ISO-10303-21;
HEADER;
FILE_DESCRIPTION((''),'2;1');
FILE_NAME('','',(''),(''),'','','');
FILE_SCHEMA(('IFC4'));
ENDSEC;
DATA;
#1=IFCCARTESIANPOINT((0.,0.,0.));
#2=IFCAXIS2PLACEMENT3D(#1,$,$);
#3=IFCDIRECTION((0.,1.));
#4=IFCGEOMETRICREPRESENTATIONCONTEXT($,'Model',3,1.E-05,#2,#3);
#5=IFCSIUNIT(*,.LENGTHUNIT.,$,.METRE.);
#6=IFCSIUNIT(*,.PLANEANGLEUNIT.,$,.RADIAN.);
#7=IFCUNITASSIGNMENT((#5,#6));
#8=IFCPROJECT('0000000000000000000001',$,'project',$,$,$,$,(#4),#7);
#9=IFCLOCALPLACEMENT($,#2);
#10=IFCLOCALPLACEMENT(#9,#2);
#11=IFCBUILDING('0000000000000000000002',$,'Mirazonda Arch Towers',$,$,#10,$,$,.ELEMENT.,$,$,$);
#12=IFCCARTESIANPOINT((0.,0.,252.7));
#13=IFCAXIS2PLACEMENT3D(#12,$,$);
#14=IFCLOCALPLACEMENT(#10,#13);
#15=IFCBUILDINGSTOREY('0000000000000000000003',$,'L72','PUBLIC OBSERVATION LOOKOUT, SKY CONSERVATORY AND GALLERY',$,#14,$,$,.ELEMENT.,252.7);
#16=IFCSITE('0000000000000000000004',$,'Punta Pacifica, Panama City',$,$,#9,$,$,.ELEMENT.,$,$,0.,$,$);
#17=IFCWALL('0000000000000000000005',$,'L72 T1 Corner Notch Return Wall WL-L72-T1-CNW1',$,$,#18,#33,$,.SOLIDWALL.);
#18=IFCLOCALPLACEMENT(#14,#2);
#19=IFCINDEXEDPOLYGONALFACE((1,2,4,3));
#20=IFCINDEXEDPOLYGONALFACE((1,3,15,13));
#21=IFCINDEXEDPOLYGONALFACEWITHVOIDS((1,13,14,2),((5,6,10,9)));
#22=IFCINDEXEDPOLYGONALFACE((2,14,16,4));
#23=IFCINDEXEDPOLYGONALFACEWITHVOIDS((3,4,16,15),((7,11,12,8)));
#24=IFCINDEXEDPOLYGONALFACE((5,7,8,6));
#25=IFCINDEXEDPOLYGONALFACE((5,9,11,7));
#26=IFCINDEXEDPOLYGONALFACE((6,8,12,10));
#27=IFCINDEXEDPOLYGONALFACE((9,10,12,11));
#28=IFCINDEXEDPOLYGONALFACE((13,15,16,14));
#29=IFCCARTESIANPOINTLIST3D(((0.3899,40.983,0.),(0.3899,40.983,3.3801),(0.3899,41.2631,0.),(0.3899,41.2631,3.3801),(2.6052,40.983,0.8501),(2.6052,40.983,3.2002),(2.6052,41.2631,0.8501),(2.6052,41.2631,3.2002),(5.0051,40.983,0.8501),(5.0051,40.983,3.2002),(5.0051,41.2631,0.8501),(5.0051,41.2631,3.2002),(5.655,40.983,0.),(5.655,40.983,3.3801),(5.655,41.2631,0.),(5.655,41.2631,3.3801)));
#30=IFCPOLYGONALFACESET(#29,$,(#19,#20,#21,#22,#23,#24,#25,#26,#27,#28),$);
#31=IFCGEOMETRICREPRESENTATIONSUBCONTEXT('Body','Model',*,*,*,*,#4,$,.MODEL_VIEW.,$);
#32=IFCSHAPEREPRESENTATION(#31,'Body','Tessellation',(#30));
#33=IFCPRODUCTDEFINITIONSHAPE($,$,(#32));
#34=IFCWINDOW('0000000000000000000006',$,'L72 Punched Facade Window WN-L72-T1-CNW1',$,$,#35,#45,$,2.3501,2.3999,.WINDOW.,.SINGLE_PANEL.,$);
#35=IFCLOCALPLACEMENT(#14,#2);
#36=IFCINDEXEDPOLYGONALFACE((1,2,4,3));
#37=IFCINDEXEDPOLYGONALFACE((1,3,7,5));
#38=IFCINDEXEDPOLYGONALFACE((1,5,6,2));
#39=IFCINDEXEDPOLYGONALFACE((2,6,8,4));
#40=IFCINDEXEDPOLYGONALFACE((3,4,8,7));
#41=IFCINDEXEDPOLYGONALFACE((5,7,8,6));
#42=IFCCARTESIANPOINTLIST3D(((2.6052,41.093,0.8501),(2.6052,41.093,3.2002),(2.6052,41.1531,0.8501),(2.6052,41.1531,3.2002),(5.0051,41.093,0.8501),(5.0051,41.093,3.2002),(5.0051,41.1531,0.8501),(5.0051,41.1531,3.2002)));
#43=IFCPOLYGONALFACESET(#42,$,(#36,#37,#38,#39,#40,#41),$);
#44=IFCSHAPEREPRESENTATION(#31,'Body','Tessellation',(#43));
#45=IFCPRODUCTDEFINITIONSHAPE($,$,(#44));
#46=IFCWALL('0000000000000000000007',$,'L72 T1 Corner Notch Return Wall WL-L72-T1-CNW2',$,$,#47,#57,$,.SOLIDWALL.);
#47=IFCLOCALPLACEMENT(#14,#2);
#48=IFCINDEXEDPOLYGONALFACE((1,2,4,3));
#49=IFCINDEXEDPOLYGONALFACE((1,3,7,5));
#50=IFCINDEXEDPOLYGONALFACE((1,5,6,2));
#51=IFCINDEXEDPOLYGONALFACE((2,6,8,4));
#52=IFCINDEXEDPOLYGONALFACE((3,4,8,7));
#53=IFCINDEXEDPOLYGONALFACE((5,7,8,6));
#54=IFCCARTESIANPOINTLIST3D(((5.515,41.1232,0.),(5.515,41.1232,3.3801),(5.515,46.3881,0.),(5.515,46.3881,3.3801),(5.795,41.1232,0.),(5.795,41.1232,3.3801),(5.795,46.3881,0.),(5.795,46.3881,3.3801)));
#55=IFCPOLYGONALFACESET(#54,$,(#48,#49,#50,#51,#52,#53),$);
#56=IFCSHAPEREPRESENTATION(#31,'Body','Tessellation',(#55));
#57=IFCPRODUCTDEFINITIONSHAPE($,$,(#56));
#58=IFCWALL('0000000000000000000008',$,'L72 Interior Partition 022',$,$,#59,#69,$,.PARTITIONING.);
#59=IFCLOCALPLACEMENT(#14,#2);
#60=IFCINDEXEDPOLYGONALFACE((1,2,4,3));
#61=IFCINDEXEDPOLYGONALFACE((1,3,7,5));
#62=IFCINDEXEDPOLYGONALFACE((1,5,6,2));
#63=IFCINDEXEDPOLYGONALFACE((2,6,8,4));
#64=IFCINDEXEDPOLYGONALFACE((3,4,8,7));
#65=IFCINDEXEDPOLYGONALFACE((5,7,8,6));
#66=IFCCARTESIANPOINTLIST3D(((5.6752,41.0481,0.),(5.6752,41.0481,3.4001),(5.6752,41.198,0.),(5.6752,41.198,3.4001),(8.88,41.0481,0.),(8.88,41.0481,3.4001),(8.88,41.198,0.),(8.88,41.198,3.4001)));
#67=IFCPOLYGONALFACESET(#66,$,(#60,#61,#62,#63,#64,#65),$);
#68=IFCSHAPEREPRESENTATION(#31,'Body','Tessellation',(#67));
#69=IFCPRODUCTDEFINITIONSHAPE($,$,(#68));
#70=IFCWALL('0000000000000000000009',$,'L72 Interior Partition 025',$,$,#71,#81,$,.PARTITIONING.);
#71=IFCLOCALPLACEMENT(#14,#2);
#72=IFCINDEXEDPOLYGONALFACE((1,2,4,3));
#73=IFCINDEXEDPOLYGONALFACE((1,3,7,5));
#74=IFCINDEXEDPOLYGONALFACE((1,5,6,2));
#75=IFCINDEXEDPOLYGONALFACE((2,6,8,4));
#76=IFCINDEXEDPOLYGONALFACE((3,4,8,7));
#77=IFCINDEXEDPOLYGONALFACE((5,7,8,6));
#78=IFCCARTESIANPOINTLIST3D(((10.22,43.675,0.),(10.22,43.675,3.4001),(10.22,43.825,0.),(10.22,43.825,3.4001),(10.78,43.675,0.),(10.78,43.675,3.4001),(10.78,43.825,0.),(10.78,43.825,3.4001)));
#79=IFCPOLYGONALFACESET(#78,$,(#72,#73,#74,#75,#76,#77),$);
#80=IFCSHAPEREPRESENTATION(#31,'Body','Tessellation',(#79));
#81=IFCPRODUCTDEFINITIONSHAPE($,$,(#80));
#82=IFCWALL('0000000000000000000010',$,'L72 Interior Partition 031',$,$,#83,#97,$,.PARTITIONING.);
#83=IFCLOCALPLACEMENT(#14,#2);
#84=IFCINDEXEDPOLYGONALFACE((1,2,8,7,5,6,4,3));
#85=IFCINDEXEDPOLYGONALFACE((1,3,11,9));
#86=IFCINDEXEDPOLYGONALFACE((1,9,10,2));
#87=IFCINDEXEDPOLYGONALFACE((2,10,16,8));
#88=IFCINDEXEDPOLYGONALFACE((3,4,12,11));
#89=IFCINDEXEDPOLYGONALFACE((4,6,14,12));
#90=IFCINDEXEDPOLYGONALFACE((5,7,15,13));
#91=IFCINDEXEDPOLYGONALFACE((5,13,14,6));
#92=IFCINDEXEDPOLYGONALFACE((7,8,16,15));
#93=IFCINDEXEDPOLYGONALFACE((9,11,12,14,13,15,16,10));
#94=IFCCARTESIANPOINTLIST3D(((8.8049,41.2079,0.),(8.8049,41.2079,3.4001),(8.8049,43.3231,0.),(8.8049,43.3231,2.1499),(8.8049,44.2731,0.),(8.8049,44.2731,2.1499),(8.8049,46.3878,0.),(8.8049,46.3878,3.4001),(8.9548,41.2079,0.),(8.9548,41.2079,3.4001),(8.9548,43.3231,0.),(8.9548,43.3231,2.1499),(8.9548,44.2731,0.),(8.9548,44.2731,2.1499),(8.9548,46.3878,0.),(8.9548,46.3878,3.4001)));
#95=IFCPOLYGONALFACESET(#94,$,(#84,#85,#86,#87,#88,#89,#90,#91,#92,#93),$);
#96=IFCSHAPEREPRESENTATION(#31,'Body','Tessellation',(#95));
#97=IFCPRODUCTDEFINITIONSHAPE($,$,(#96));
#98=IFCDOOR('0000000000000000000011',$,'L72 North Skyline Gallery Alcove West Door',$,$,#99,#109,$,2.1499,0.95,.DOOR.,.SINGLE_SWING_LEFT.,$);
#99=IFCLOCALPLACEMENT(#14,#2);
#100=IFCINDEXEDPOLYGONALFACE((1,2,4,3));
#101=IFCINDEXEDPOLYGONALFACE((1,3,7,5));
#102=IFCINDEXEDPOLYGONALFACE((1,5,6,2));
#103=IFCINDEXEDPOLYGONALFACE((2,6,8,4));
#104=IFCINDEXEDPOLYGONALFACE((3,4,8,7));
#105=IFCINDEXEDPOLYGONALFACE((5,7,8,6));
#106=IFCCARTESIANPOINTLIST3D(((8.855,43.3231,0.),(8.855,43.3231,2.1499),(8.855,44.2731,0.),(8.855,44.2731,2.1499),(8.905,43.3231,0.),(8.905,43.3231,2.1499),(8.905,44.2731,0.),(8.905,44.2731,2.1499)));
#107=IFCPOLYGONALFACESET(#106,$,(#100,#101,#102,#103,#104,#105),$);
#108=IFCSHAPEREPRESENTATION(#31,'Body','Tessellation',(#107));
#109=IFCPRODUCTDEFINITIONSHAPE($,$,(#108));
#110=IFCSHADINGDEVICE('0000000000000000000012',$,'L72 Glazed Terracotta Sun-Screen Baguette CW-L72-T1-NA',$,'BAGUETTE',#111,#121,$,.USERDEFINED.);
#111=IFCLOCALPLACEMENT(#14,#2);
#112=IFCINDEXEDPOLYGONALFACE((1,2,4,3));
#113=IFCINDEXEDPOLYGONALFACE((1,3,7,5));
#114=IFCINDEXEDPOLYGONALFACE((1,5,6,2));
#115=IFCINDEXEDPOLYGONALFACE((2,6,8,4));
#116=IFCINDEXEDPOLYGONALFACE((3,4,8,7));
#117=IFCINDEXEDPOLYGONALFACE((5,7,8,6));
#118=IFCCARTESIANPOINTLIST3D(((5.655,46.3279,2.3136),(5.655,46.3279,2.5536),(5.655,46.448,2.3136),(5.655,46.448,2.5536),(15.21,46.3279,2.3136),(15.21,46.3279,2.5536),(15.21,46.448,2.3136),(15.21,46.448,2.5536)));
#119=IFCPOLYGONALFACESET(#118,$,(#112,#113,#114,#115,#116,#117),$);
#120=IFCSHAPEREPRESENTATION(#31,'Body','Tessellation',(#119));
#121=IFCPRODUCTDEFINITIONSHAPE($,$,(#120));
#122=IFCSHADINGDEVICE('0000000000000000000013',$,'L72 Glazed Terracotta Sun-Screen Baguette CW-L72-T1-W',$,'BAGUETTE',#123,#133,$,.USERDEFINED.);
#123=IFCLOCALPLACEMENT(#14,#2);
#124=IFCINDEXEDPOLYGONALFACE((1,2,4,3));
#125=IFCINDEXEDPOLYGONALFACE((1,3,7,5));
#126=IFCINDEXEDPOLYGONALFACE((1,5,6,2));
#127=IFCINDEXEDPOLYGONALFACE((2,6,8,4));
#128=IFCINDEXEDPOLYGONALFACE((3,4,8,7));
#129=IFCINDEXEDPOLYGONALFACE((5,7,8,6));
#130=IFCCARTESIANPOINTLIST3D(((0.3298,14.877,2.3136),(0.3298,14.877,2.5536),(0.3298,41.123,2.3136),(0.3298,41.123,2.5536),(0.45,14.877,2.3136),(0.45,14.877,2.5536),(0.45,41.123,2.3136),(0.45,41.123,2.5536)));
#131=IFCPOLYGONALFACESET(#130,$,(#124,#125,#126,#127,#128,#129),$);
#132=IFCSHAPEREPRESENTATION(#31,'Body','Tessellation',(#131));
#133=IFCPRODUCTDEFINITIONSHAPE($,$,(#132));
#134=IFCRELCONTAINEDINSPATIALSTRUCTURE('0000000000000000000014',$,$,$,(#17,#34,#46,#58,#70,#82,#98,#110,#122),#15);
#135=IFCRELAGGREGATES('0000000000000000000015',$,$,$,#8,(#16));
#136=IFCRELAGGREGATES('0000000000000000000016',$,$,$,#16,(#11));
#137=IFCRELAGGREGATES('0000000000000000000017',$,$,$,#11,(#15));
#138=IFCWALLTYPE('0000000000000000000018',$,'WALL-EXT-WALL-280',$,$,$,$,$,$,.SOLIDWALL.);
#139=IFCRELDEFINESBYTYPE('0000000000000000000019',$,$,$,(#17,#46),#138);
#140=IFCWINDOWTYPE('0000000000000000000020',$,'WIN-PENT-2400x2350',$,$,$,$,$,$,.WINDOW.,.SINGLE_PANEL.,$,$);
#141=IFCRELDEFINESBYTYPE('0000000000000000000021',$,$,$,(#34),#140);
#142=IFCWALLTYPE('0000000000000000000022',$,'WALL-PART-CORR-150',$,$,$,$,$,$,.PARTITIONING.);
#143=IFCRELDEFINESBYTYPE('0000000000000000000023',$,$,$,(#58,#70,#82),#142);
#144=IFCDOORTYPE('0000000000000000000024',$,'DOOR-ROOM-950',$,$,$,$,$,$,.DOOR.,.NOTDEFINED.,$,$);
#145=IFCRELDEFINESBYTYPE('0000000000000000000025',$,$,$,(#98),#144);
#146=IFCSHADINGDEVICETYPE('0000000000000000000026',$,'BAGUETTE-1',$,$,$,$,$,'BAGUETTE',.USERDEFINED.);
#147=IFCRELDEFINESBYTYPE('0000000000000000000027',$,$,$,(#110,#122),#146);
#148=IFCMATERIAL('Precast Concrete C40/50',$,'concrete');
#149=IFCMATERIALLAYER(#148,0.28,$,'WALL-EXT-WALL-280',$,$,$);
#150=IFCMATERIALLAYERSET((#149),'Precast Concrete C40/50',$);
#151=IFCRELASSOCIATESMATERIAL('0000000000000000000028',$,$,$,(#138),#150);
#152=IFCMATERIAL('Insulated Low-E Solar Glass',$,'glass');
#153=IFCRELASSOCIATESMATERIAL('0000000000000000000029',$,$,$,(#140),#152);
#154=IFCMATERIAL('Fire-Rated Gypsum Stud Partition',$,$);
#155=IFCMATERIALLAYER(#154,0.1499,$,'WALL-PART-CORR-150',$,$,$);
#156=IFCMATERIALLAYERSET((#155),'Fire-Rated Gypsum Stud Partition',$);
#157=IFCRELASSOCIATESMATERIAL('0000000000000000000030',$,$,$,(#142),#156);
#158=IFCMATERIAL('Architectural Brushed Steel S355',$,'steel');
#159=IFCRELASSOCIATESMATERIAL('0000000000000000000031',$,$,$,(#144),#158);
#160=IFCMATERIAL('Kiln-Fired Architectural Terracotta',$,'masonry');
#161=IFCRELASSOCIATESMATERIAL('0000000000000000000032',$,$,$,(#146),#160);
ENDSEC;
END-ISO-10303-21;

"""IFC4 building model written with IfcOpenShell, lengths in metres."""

from ifc_helpers import new_model, si_unit, direction, frame, frame_2d, origin, origin_2d, place, context, subcontext, project, spatial, rectangle, extrude, material, layer, layer_set, material_profile, profile_set, type_object, element, fill, save


model = new_model("IFC4")

# Units and contexts
model_context = context("Model", 3, precision=1e-05, world=origin(), true_north=direction((0.0, 1.0)))
body_context = subcontext(model_context, "Body", "Model", "MODEL_VIEW")
ifc_project = project(units=[si_unit("LENGTHUNIT", "METRE"), si_unit("PLANEANGLEUNIT", "RADIAN")], contexts=[model_context])

# Site, building, storey
site_placement = place(None, origin())
site = spatial("IfcSite", under=ifc_project, at=site_placement, Name="Punta Pacifica, Panama City", CompositionType="ELEMENT", RefElevation=0.0)
building_placement = place(site_placement, origin())
building = spatial("IfcBuilding", under=site, at=building_placement, Name="Mirazonda Arch Towers", CompositionType="ELEMENT")
storey_placement = place(building_placement, frame((0.0, 0.0, 252.7)))
storey = spatial("IfcBuildingStorey", under=building, at=storey_placement, Name="L72", Description="PUBLIC OBSERVATION LOOKOUT, SKY CONSERVATORY AND GALLERY", CompositionType="ELEMENT", Elevation=252.7)

# Shared definitions
ifc_material_1 = material(Name="Insulated Low-E Solar Glass", Category="glass")

# Wall, opening, window
ifc_material_2 = material(Name="Precast Concrete C40/50", Category="concrete")
ifc_layer_1 = layer(ifc_material_2, 0.28, Name="WALL-EXT-WALL-280")
ifc_layer_set_1 = layer_set([ifc_layer_1], Name="Precast Concrete C40/50")
wall_type_1 = type_object("IfcWallType", Name="WALL-EXT-WALL-280", PredefinedType="SOLIDWALL", material=ifc_layer_set_1)
wall_1_placement = place(storey_placement, frame((5.655, 41.123, 0.0), z_axis=(0.0, 0.0, 1.0), x_axis=(-1.0, 0.0, 0.0)))
wall_1 = element("IfcWall", 1, at=wall_1_placement, inside=storey, type_object=wall_type_1, Name="L72 T1 Corner Notch Return Wall WL-L72-T1-CNW1", PredefinedType="SOLIDWALL", context=body_context, shape_type="SweptSolid", body=[
    extrude(rectangle(XDim=5.2651, YDim=0.28, at=frame_2d((2.6326, 0.0))), origin(), (0.0, 0.0, 1.0), 3.3801),
])
opening_1_placement = place(wall_1_placement, frame((0.6499, 0.0, 0.8501)))
opening_1 = element("IfcOpeningElement", 2, at=opening_1_placement, cuts=wall_1, PredefinedType="OPENING", context=body_context, shape_type="SweptSolid", body=[
    extrude(rectangle(XDim=2.3999, YDim=2.3501, at=frame_2d((1.2, 1.175))), frame((0.0, 0.1499, 0.0), z_axis=(0.0, -1.0, 0.0), x_axis=(1.0, 0.0, 0.0)), (0.0, 0.0, 1.0), 0.3),
])
window_type = type_object("IfcWindowType", Name="WIN-PENT-2400x2350", PartitioningType="SINGLE_PANEL", PredefinedType="WINDOW", material=ifc_material_1)
window_placement = place(opening_1_placement, origin())
window = element("IfcWindow", 3, at=window_placement, inside=storey, type_object=window_type, Name="L72 Punched Facade Window WN-L72-T1-CNW1", OverallHeight=2.3501, OverallWidth=2.3999, PartitioningType="SINGLE_PANEL", PredefinedType="WINDOW", context=body_context, shape_type="SweptSolid", body=[
    extrude(rectangle(XDim=2.3999, YDim=2.3501, at=frame_2d((1.2, 1.175))), frame((0.0, 0.03, 0.0), z_axis=(0.0, -1.0, 0.0), x_axis=(1.0, 0.0, 0.0)), (0.0, 0.0, 1.0), 0.0601),
])
fill(opening_1, window)

# Walls
wall_2_placement = place(storey_placement, frame((5.655, 46.3879, 0.0), z_axis=(0.0, 0.0, 1.0), x_axis=(0.0, -1.0, 0.0)))
element("IfcWall", 4, at=wall_2_placement, inside=storey, type_object=wall_type_1, Name="L72 T1 Corner Notch Return Wall WL-L72-T1-CNW2", PredefinedType="SOLIDWALL", context=body_context, shape_type="SweptSolid", body=[
    extrude(rectangle(XDim=5.2649, YDim=0.28, at=frame_2d((2.6323, 0.0))), origin(), (0.0, 0.0, 1.0), 3.3801),
])
ifc_material_3 = material(Name="Fire-Rated Gypsum Stud Partition")
ifc_layer_2 = layer(ifc_material_3, 0.1499, Name="WALL-PART-CORR-150")
ifc_layer_set_2 = layer_set([ifc_layer_2], Name="Fire-Rated Gypsum Stud Partition")
wall_type_2 = type_object("IfcWallType", Name="WALL-PART-CORR-150", PredefinedType="PARTITIONING", material=ifc_layer_set_2)
wall_3_placement = place(storey_placement, frame((5.675, 41.123, 0.0), z_axis=(0.0, 0.0, 1.0), x_axis=(1.0, 0.0, 0.0)))
element("IfcWall", 5, at=wall_3_placement, inside=storey, type_object=wall_type_2, Name="L72 Interior Partition 022", PredefinedType="PARTITIONING", context=body_context, shape_type="SweptSolid", body=[
    extrude(rectangle(XDim=3.2048, YDim=0.1499, at=frame_2d((1.6025, 0.0))), origin(), (0.0, 0.0, 1.0), 3.4001),
])
wall_4_placement = place(storey_placement, frame((10.22, 43.75, 0.0), z_axis=(0.0, 0.0, 1.0), x_axis=(1.0, 0.0, 0.0)))
element("IfcWall", 6, at=wall_4_placement, inside=storey, type_object=wall_type_2, Name="L72 Interior Partition 025", PredefinedType="PARTITIONING", context=body_context, shape_type="SweptSolid", body=[
    extrude(rectangle(XDim=0.5601, YDim=0.1499, at=frame_2d((0.28, 0.0))), origin(), (0.0, 0.0, 1.0), 3.4001),
])

# Wall, opening, door
wall_5_placement = place(storey_placement, frame((8.8799, 41.208, 0.0), z_axis=(0.0, 0.0, 1.0), x_axis=(0.0, 1.0, 0.0)))
wall_5 = element("IfcWall", 7, at=wall_5_placement, inside=storey, type_object=wall_type_2, Name="L72 Interior Partition 031", PredefinedType="PARTITIONING", context=body_context, shape_type="SweptSolid", body=[
    extrude(rectangle(XDim=5.1799, YDim=0.1499, at=frame_2d((2.5898, 0.0))), origin(), (0.0, 0.0, 1.0), 3.4001),
])
opening_2_placement = place(wall_5_placement, frame((2.115, 0.0, 0.0)))
opening_2 = element("IfcOpeningElement", 8, at=opening_2_placement, cuts=wall_5, PredefinedType="OPENING", context=body_context, shape_type="SweptSolid", body=[
    extrude(rectangle(XDim=0.95, YDim=2.1499, at=frame_2d((0.4751, 1.075))), frame((0.0, 0.085, 0.0), z_axis=(0.0, -1.0, 0.0), x_axis=(1.0, 0.0, 0.0)), (0.0, 0.0, 1.0), 0.1699),
])
ifc_material_4 = material(Name="Architectural Brushed Steel S355", Category="steel")
door_type = type_object("IfcDoorType", Name="DOOR-ROOM-950", OperationType="NOTDEFINED", PredefinedType="DOOR", material=ifc_material_4)
door_placement = place(opening_2_placement, origin())
door = element("IfcDoor", 9, at=door_placement, inside=storey, type_object=door_type, Name="L72 North Skyline Gallery Alcove West Door", OperationType="SINGLE_SWING_LEFT", OverallHeight=2.1499, OverallWidth=0.95, PredefinedType="DOOR", context=body_context, shape_type="SweptSolid", body=[
    extrude(rectangle(XDim=0.95, YDim=2.1499, at=frame_2d((0.4751, 1.075))), frame((0.0, 0.0249, 0.0), z_axis=(0.0, -1.0, 0.0), x_axis=(1.0, 0.0, 0.0)), (0.0, 0.0, 1.0), 0.05),
])
fill(opening_2, door)

# Shading devices
ifc_material_5 = material(Name="Kiln-Fired Architectural Terracotta", Category="masonry")
ifc_material_profile_1 = material_profile(ifc_material_5, rectangle(XDim=0.1201, YDim=0.24, at=origin_2d()), Name="TERRA-BAG-120x240")
ifc_profile_set_1 = profile_set([ifc_material_profile_1], Name="Kiln-Fired Architectural Terracotta")
shading_device_type = type_object("IfcShadingDeviceType", Name="BAGUETTE-1", ElementType="BAGUETTE", PredefinedType="USERDEFINED", material=ifc_profile_set_1)
shading_device_1_placement = place(storey_placement, frame((5.655, 46.3879, 2.4336), z_axis=(1.0, 0.0, 0.0), x_axis=(0.0, 1.0, 0.0)))
element("IfcShadingDevice", 10, at=shading_device_1_placement, inside=storey, type_object=shading_device_type, Name="L72 Glazed Terracotta Sun-Screen Baguette CW-L72-T1-NA", ObjectType="BAGUETTE", PredefinedType="USERDEFINED", context=body_context, shape_type="SweptSolid", body=[
    extrude(rectangle(XDim=0.1201, YDim=0.24, at=origin_2d()), origin(), (0.0, 0.0, 1.0), 9.5549),
])
shading_device_2_placement = place(storey_placement, frame((0.3899, 41.123, 2.4336), z_axis=(0.0, -1.0, 0.0), x_axis=(1.0, 0.0, 0.0)))
element("IfcShadingDevice", 11, at=shading_device_2_placement, inside=storey, type_object=shading_device_type, Name="L72 Glazed Terracotta Sun-Screen Baguette CW-L72-T1-W", ObjectType="BAGUETTE", PredefinedType="USERDEFINED", context=body_context, shape_type="SweptSolid", body=[
    extrude(rectangle(XDim=0.1201, YDim=0.24, at=origin_2d()), origin(), (0.0, 0.0, 1.0), 26.2461),
])

save(model, "model.ifc")
